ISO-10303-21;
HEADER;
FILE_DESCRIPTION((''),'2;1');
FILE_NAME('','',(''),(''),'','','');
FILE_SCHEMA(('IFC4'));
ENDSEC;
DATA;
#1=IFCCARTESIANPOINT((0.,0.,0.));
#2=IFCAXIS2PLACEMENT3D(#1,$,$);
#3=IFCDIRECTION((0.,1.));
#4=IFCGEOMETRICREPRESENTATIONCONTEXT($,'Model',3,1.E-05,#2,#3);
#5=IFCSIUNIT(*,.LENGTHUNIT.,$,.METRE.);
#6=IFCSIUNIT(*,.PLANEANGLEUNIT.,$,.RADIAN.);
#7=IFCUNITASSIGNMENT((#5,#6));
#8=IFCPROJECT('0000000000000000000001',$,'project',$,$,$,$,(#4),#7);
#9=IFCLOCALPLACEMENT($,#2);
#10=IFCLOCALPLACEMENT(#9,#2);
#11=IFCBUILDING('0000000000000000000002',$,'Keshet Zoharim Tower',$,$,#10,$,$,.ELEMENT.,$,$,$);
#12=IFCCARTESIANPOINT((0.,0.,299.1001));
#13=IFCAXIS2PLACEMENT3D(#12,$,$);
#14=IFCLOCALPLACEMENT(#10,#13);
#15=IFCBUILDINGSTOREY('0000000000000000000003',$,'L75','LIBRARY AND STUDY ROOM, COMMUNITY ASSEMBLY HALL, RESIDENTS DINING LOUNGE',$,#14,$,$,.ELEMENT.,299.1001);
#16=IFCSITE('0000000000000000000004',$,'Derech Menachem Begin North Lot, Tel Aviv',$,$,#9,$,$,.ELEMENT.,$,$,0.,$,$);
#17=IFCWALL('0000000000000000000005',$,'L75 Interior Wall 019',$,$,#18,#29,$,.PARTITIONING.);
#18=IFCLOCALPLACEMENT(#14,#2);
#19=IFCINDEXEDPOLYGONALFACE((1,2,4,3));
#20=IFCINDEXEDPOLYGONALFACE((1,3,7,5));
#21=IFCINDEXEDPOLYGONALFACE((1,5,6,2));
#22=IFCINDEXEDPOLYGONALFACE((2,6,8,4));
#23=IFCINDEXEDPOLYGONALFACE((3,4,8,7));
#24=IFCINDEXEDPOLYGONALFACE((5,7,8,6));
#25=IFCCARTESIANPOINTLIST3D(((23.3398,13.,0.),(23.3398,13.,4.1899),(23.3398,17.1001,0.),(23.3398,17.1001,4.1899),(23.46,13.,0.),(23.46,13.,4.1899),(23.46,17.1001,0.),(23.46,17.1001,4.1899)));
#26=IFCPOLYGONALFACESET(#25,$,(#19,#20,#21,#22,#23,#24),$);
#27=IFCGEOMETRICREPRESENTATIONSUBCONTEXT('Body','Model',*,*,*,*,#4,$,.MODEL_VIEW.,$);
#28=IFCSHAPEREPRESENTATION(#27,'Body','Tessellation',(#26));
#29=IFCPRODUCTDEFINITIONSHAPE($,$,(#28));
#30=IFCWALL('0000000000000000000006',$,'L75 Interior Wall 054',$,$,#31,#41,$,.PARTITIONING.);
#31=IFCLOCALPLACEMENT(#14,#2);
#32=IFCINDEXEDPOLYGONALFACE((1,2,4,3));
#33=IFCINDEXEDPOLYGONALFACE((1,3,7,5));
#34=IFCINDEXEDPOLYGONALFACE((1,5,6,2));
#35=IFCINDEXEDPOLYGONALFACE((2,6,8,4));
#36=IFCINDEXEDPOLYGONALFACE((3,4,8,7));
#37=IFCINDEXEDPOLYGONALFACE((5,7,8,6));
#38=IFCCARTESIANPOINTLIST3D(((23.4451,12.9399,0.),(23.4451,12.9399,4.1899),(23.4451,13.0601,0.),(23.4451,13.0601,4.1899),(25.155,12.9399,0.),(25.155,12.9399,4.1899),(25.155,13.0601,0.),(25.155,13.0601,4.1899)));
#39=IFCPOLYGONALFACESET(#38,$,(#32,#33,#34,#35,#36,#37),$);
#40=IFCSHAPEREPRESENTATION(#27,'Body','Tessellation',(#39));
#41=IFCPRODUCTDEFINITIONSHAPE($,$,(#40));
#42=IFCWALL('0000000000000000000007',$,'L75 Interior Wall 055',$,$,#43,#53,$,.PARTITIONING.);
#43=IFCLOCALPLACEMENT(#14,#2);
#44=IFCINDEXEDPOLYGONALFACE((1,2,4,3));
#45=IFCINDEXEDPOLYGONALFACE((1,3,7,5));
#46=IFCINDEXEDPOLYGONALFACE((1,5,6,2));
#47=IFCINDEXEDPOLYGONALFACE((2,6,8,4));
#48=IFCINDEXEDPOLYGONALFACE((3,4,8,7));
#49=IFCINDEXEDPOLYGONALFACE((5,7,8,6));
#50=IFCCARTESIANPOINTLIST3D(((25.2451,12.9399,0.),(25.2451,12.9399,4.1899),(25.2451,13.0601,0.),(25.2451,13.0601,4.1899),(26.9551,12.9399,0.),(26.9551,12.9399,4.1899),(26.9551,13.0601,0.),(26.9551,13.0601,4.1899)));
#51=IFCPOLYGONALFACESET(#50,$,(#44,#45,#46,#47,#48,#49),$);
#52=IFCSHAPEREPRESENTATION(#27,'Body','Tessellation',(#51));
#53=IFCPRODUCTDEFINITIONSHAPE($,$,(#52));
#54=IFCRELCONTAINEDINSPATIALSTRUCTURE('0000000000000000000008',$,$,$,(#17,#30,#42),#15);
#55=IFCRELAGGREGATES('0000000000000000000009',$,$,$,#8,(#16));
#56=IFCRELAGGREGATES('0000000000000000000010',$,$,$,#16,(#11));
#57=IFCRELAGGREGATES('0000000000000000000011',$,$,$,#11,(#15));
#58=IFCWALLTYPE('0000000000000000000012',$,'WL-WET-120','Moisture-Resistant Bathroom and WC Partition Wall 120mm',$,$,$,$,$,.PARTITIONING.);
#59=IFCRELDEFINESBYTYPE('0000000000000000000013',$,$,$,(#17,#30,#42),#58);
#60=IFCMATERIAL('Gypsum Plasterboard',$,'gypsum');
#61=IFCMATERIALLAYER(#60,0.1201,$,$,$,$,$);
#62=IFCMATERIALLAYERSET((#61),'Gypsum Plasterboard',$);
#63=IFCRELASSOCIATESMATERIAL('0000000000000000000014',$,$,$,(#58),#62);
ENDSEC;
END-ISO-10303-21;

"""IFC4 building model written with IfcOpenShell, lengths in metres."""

from ifc_helpers import new_model, si_unit, direction, frame, frame_2d, origin, place, context, subcontext, project, spatial, rectangle, extrude, material, layer, layer_set, type_object, element, save


model = new_model("IFC4")

# Units and contexts
model_context = context("Model", 3, precision=1e-05, world=origin(), true_north=direction((0.0, 1.0)))
body_context = subcontext(model_context, "Body", "Model", "MODEL_VIEW")
ifc_project = project(units=[si_unit("LENGTHUNIT", "METRE"), si_unit("PLANEANGLEUNIT", "RADIAN")], contexts=[model_context])

# Site, building, storey
site_placement = place(None, origin())
site = spatial("IfcSite", under=ifc_project, at=site_placement, Name="Derech Menachem Begin North Lot, Tel Aviv", CompositionType="ELEMENT", RefElevation=0.0)
building_placement = place(site_placement, origin())
building = spatial("IfcBuilding", under=site, at=building_placement, Name="Keshet Zoharim Tower", CompositionType="ELEMENT")
storey_placement = place(building_placement, frame((0.0, 0.0, 299.1001)))
storey = spatial("IfcBuildingStorey", under=building, at=storey_placement, Name="L75", Description="LIBRARY AND STUDY ROOM, COMMUNITY ASSEMBLY HALL, RESIDENTS DINING LOUNGE", CompositionType="ELEMENT", Elevation=299.1001)

# Shared definitions
ifc_material_1 = material(Name="Gypsum Plasterboard", Category="gypsum")

# Walls
ifc_layer_1 = layer(ifc_material_1, 0.1201)
ifc_layer_set_1 = layer_set([ifc_layer_1], Name="Gypsum Plasterboard")
wall_type_1 = type_object("IfcWallType", Name="WL-WET-120", Description="Moisture-Resistant Bathroom and WC Partition Wall 120mm", PredefinedType="PARTITIONING", material=ifc_layer_set_1)
wall_1_placement = place(storey_placement, frame((23.3999, 13.0, 0.0), z_axis=(0.0, 0.0, 1.0), x_axis=(0.0, 1.0, 0.0)))
element("IfcWall", 1, at=wall_1_placement, inside=storey, type_object=wall_type_1, Name="L75 Interior Wall 019", PredefinedType="PARTITIONING", context=body_context, shape_type="SweptSolid", body=[
    extrude(rectangle(XDim=4.1001, YDim=0.1201, at=frame_2d((2.05, 0.0))), origin(), (0.0, 0.0, 1.0), 4.1899),
])
for number, where, z_axis, x_axis, name in (
    (2, (23.4451, 13.0, 0.0), (0.0, 0.0, 1.0), (1.0, 0.0, 0.0), "L75 Interior Wall 054"),
    (3, (25.2451, 13.0, 0.0), (0.0, 0.0, 1.0), (1.0, 0.0, 0.0), "L75 Interior Wall 055"),
):
    element("IfcWall", number, at=place(storey_placement, frame(where, z_axis=z_axis, x_axis=x_axis)), inside=storey, type_object=wall_type_1, Name=name, PredefinedType="PARTITIONING", context=body_context, shape_type="SweptSolid", body=[
        extrude(rectangle(XDim=1.71, YDim=0.1201, at=frame_2d((0.855, 0.0))), origin(), (0.0, 0.0, 1.0), 4.1899),
    ])

save(model, "model.ifc")
